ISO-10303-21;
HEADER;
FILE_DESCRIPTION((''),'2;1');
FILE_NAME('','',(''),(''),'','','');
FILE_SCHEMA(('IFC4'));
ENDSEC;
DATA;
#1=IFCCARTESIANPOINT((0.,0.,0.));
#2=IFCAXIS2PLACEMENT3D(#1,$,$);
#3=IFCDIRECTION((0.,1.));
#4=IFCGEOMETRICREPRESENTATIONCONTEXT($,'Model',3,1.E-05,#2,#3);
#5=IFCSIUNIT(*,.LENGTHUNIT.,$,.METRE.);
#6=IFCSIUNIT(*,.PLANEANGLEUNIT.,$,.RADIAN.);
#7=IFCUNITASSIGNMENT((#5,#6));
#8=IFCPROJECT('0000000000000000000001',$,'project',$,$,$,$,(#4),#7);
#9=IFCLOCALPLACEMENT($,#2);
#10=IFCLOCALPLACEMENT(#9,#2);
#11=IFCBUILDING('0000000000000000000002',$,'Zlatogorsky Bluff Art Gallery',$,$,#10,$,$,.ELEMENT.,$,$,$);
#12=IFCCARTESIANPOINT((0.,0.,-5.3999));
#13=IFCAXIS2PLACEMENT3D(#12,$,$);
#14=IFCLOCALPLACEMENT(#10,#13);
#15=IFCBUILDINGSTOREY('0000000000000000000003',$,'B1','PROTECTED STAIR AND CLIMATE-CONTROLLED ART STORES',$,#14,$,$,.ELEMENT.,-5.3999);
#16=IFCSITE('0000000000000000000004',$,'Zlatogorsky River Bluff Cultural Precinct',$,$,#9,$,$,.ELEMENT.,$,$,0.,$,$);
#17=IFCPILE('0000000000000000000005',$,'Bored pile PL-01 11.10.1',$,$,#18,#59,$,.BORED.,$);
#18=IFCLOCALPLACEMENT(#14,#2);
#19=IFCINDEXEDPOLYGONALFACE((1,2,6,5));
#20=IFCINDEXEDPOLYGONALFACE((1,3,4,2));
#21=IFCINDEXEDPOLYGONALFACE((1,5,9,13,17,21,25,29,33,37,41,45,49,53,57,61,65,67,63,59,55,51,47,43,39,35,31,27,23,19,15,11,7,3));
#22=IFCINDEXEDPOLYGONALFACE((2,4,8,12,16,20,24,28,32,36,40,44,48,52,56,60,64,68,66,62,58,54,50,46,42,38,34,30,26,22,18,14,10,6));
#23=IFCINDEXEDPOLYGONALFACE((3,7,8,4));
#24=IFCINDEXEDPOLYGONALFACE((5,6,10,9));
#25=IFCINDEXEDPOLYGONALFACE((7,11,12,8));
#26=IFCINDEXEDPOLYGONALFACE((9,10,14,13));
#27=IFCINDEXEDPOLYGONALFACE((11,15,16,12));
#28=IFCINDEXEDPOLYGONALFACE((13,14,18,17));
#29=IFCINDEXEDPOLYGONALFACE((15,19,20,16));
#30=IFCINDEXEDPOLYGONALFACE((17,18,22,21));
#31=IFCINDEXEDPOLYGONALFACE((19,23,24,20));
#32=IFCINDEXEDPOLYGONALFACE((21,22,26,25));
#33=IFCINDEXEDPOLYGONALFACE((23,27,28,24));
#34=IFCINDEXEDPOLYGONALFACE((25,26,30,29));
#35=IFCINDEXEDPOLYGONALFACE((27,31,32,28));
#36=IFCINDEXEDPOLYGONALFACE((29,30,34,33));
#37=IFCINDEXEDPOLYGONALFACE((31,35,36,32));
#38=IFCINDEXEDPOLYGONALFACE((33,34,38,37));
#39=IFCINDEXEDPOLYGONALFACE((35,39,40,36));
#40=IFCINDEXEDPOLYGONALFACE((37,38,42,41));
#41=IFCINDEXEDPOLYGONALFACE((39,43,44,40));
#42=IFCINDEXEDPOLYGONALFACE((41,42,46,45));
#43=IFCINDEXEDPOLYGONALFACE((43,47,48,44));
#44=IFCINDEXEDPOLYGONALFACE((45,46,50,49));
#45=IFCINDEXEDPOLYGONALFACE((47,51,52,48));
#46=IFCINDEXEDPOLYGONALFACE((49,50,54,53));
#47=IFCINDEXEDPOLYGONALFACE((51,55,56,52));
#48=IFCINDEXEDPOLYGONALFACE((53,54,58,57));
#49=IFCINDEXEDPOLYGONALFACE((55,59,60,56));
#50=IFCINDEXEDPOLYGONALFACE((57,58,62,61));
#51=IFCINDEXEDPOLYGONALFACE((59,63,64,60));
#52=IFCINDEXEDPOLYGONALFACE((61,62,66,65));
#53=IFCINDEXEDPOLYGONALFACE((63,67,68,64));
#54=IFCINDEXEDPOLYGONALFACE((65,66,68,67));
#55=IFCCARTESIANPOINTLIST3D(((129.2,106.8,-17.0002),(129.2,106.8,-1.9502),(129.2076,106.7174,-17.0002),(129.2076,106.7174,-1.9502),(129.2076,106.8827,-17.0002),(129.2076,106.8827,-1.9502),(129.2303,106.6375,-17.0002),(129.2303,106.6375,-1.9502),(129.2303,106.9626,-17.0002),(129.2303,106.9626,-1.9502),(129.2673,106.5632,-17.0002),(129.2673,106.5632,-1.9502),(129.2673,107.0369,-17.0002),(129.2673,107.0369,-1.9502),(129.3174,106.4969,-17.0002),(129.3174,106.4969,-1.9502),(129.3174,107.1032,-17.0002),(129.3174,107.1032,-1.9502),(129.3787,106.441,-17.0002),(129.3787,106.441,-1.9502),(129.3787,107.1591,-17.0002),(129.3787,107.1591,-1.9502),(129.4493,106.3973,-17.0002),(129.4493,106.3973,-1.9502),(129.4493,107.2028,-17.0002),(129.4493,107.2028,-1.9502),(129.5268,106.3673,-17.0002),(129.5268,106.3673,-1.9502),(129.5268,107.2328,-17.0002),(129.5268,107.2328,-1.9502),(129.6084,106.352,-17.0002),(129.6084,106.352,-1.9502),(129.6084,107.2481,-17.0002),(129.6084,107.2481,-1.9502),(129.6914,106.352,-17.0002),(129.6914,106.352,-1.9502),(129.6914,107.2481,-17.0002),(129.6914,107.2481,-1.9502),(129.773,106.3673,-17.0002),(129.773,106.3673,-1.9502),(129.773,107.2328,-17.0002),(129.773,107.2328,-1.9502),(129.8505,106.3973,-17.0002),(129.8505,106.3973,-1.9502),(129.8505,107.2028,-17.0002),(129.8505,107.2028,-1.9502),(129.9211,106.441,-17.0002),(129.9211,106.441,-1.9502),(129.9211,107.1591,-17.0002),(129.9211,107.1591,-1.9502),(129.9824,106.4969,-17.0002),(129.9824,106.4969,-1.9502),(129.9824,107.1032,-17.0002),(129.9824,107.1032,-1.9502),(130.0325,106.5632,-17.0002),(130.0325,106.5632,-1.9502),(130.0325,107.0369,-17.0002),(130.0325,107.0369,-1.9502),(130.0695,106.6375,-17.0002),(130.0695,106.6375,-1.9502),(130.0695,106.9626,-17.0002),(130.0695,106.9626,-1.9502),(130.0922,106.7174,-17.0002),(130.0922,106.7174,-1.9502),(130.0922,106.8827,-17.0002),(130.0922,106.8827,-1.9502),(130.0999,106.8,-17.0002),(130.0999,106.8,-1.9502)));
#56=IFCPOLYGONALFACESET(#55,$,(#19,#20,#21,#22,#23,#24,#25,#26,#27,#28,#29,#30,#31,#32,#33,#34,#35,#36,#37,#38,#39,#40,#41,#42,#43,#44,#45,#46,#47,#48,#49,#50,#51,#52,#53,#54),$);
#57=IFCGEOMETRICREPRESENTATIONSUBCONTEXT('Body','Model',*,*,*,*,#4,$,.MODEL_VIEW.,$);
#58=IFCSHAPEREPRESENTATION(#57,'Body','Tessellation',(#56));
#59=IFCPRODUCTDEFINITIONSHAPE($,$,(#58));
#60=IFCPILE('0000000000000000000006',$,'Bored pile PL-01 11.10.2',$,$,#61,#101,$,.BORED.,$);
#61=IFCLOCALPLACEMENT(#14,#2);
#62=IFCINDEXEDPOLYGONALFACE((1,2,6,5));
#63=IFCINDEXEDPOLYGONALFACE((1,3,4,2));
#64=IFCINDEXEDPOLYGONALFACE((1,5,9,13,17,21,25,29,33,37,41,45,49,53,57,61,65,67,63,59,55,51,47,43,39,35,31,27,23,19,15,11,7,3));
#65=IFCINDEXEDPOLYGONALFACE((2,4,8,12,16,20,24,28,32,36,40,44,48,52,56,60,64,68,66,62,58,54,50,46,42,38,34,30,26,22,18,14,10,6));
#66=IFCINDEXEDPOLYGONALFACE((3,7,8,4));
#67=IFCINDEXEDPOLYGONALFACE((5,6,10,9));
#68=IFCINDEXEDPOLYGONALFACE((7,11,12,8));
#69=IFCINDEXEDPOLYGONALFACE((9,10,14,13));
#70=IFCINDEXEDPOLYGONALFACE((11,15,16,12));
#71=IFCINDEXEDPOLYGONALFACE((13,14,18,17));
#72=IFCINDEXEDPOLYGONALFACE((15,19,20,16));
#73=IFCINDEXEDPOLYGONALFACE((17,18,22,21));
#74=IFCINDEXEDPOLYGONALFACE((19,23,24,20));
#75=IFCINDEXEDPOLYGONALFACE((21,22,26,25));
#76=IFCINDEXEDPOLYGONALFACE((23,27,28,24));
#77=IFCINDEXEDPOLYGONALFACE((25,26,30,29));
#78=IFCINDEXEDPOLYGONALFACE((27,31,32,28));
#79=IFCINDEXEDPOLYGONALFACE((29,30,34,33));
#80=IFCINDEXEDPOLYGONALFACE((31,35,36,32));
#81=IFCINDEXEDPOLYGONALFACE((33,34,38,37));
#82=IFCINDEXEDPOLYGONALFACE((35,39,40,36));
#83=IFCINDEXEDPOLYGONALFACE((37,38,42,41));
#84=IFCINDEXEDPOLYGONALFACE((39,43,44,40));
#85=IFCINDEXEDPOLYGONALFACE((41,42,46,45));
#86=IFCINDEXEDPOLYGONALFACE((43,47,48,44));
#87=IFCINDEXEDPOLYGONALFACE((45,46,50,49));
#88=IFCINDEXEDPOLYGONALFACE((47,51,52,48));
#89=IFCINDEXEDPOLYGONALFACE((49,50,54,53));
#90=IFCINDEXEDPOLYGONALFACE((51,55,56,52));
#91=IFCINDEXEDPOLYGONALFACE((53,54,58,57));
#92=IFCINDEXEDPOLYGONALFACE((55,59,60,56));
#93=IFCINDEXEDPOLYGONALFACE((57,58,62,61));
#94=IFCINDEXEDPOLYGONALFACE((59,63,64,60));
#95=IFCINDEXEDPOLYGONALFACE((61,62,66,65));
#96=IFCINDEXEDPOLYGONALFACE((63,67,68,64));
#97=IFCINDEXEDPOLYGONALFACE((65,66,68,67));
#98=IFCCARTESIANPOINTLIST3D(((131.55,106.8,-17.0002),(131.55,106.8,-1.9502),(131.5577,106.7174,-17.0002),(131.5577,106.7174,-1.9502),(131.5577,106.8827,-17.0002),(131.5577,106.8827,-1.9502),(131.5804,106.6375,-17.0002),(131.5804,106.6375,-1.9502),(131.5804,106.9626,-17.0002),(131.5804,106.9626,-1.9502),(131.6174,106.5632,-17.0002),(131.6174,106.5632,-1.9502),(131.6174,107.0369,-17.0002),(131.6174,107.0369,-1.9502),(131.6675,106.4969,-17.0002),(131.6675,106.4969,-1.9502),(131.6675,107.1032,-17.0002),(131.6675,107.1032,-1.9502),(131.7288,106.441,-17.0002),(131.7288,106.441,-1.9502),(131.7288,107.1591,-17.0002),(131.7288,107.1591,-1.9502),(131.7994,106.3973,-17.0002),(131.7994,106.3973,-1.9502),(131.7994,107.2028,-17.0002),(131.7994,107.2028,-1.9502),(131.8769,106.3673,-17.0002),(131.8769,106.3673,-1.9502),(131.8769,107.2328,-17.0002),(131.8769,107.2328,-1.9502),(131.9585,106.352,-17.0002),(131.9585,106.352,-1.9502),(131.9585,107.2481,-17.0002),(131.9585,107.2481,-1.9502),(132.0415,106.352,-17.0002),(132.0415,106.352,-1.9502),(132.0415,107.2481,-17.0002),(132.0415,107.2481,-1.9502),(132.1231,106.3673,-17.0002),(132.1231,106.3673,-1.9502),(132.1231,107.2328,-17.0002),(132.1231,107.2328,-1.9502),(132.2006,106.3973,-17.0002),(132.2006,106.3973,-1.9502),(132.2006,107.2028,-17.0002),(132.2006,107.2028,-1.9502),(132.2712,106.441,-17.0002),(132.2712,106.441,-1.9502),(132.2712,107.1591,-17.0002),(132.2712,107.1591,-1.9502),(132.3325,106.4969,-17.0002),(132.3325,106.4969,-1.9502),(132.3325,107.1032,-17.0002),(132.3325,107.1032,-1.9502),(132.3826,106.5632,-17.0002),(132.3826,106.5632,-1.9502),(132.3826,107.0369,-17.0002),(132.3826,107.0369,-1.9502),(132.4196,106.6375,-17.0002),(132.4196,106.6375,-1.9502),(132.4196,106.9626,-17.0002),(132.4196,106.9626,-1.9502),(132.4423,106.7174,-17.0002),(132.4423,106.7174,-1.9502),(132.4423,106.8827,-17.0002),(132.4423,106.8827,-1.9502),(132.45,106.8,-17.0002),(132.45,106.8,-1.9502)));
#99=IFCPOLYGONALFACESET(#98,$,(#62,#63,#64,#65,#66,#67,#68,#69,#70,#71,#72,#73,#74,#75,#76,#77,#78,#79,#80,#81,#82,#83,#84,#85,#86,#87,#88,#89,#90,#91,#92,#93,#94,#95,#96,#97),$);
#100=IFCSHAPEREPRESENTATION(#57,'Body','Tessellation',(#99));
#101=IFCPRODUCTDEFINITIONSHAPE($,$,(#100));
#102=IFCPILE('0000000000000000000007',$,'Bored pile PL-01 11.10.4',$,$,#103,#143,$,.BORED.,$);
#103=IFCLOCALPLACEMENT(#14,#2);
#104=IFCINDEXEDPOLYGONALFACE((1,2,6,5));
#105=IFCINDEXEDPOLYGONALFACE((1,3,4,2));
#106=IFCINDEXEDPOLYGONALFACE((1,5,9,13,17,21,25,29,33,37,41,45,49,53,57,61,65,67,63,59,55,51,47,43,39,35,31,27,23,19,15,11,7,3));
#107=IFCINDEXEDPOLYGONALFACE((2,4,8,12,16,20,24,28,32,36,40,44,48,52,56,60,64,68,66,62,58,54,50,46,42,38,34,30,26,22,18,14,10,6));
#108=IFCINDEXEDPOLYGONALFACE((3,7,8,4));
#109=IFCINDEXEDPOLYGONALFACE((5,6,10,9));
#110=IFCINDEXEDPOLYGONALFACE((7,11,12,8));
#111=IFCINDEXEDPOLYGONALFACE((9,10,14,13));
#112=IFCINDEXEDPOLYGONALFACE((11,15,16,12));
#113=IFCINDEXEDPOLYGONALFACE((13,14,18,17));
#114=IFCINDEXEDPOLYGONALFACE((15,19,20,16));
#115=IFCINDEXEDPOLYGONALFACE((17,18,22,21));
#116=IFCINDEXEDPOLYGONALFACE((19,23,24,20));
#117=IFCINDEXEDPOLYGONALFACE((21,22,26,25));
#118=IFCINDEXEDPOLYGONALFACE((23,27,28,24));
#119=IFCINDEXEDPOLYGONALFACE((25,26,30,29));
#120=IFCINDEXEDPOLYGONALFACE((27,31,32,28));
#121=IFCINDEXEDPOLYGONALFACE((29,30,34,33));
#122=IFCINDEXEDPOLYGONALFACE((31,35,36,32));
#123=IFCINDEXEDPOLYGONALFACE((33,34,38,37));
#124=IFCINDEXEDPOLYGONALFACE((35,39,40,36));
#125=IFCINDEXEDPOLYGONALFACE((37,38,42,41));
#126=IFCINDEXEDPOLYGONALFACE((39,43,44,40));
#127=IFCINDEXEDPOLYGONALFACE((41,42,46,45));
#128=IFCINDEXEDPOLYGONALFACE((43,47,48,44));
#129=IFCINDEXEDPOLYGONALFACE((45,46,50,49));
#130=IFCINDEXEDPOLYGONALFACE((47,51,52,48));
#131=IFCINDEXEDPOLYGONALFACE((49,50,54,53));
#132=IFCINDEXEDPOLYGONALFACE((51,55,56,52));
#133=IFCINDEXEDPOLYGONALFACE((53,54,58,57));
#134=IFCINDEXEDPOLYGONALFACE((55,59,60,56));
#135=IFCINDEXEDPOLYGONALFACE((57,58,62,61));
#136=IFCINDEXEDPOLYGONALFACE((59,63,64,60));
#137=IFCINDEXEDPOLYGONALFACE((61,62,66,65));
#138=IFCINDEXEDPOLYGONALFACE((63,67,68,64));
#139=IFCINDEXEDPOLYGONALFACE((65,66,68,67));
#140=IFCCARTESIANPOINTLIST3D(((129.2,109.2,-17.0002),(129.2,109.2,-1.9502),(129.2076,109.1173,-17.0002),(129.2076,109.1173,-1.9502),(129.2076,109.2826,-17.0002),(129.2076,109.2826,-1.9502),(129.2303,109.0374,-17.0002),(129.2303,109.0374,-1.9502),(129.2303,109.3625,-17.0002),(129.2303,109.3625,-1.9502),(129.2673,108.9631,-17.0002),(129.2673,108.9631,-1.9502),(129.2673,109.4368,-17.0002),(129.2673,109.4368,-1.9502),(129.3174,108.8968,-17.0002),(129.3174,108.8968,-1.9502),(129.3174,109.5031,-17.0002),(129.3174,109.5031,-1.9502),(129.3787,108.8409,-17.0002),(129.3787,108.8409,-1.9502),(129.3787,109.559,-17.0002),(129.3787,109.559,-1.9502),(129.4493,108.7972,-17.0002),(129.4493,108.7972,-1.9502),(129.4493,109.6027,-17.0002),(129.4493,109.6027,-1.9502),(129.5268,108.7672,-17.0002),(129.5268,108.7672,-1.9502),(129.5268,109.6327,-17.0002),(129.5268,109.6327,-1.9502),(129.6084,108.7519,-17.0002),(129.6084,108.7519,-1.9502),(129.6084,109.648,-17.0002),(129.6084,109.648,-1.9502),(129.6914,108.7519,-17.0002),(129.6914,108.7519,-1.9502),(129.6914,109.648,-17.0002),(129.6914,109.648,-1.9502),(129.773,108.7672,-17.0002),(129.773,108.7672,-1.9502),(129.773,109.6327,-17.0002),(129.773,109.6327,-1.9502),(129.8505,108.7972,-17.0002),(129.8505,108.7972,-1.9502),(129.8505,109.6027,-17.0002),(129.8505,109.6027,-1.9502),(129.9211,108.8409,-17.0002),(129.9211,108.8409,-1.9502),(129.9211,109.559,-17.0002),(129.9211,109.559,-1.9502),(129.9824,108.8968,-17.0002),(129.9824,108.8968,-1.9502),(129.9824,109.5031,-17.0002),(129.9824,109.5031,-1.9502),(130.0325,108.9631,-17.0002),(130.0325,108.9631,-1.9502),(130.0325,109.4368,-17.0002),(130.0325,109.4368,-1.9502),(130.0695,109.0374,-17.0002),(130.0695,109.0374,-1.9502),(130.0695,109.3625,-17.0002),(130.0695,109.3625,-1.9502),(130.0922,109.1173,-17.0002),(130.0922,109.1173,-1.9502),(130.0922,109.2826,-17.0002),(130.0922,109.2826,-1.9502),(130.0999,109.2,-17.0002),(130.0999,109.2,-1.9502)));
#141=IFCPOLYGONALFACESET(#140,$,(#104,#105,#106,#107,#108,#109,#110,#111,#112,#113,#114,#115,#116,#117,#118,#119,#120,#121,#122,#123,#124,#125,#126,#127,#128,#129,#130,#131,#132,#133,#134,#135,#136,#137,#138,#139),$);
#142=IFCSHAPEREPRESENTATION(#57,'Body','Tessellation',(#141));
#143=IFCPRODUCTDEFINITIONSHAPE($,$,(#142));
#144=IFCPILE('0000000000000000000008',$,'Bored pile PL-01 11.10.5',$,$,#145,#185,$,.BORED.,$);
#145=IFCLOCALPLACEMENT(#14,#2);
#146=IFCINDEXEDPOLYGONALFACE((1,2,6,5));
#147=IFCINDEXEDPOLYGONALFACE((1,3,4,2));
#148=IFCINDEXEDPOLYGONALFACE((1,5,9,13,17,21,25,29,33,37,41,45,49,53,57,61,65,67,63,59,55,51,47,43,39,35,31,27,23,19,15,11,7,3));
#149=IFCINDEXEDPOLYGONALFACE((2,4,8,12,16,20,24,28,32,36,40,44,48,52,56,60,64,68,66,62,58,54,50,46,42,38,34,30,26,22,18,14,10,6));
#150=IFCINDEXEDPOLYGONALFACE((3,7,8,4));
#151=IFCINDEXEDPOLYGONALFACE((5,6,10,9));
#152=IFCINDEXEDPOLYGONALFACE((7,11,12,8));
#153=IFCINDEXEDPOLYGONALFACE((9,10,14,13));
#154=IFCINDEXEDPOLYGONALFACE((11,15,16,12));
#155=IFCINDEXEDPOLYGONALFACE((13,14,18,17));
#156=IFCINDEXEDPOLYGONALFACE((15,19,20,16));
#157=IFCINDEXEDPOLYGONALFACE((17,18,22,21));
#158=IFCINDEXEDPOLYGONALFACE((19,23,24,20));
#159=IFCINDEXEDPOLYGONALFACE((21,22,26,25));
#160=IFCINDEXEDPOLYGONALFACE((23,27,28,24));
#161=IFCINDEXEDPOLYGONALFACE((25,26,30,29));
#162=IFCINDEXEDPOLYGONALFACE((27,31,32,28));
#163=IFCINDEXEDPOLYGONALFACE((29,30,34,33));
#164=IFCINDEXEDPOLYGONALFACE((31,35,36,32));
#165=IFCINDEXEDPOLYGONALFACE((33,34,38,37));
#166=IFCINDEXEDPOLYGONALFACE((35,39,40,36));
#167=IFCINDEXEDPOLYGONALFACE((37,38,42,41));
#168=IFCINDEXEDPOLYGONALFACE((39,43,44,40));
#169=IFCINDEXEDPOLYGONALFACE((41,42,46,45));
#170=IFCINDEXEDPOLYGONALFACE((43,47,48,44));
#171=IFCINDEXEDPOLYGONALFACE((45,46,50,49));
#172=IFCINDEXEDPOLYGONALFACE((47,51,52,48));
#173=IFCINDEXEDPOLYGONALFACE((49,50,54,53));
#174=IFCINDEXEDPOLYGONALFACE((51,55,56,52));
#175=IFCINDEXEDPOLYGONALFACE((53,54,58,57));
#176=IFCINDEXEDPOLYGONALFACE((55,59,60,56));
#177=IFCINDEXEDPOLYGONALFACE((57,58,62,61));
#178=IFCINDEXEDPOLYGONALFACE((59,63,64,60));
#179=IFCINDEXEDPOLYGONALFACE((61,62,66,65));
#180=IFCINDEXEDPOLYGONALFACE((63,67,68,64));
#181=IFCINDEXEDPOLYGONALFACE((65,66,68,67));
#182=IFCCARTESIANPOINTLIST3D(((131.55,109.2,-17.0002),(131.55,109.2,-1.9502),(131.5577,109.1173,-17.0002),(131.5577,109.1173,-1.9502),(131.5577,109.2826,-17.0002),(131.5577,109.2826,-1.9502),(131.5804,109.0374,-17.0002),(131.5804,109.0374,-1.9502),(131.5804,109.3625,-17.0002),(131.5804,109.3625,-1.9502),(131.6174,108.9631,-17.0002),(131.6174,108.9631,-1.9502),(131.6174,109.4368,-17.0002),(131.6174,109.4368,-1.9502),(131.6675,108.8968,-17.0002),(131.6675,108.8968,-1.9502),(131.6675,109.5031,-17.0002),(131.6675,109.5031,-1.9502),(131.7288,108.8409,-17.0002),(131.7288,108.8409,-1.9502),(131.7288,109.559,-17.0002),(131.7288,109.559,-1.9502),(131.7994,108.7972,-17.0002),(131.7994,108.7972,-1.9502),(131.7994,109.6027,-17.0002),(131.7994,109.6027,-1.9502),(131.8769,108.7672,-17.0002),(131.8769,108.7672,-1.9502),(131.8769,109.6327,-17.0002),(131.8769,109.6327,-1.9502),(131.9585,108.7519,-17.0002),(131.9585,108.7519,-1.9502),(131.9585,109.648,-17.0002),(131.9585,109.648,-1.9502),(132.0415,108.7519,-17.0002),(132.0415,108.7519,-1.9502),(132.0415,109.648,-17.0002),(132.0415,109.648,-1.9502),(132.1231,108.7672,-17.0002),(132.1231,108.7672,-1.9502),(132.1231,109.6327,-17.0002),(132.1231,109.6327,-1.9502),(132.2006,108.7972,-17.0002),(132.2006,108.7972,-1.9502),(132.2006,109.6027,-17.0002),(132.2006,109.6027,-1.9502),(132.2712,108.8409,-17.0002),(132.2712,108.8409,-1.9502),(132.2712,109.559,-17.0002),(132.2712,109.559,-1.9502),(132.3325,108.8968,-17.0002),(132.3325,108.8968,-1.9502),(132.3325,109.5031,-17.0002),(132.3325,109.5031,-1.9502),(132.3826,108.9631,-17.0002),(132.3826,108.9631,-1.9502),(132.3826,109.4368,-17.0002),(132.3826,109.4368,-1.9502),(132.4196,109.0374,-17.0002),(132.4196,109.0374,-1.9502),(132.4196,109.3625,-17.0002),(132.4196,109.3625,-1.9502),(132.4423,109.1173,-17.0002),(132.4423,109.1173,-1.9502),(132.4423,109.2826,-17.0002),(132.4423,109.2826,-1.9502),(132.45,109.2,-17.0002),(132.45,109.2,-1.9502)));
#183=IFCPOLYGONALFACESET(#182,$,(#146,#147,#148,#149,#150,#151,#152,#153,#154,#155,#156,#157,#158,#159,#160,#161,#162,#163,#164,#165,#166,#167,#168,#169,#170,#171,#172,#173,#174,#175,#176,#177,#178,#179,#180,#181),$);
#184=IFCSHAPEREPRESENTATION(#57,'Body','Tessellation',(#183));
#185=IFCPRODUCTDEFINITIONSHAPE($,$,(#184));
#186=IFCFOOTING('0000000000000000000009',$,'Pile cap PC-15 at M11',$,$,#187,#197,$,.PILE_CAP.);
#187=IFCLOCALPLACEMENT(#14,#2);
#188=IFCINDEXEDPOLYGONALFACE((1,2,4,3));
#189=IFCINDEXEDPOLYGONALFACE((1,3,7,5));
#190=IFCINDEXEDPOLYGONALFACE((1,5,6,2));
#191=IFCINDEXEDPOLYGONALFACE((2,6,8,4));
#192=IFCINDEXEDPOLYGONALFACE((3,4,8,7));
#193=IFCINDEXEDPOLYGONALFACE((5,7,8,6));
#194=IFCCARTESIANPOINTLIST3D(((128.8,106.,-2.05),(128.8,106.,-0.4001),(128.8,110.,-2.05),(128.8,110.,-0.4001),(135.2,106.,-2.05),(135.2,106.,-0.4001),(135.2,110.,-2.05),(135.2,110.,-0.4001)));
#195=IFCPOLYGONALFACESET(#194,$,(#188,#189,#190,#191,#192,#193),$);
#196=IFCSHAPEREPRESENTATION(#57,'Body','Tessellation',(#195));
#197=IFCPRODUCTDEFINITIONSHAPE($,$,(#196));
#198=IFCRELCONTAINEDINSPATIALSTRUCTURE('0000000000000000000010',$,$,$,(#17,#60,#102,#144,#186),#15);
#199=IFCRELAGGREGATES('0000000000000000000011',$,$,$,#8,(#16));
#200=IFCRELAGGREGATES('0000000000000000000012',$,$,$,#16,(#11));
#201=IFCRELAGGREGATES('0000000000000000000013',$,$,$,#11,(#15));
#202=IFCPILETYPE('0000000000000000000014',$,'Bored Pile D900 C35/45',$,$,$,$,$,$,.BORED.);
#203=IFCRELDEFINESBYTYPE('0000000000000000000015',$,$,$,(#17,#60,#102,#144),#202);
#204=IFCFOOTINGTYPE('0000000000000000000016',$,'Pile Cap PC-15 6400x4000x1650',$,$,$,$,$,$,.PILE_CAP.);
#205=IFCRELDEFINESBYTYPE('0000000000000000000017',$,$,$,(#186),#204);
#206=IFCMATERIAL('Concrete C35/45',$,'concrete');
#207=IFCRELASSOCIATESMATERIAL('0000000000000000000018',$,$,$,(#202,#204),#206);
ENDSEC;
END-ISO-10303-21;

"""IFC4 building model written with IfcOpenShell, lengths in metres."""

from ifc_helpers import new_model, si_unit, direction, frame, origin, origin_2d, place, context, subcontext, project, spatial, rectangle, circle, extrude, material, material_profile, profile_set, type_object, element, save


model = new_model("IFC4")

# Units and contexts
model_context = context("Model", 3, precision=1e-05, world=origin(), true_north=direction((0.0, 1.0)))
body_context = subcontext(model_context, "Body", "Model", "MODEL_VIEW")
ifc_project = project(units=[si_unit("LENGTHUNIT", "METRE"), si_unit("PLANEANGLEUNIT", "RADIAN")], contexts=[model_context])

# Site, building, storey
site_placement = place(None, origin())
site = spatial("IfcSite", under=ifc_project, at=site_placement, Name="Zlatogorsky River Bluff Cultural Precinct", CompositionType="ELEMENT", RefElevation=0.0)
building_placement = place(site_placement, origin())
building = spatial("IfcBuilding", under=site, at=building_placement, Name="Zlatogorsky Bluff Art Gallery", CompositionType="ELEMENT")
storey_placement = place(building_placement, frame((0.0, 0.0, -5.3999)))
storey = spatial("IfcBuildingStorey", under=building, at=storey_placement, Name="B1", Description="PROTECTED STAIR AND CLIMATE-CONTROLLED ART STORES", CompositionType="ELEMENT", Elevation=-5.3999)

# Piles
ifc_material_1 = material(Name="Concrete C35/45", Category="concrete")
ifc_material_profile_1 = material_profile(ifc_material_1, circle(Radius=0.45, at=origin_2d()), Name="BORED PILE D900")
ifc_profile_set_1 = profile_set([ifc_material_profile_1], Name="Concrete C35/45")
pile_type_1 = type_object("IfcPileType", Name="Bored Pile D900 C35/45", PredefinedType="BORED", material=ifc_profile_set_1)
for number, where, z_axis, x_axis, name in (
    (1, (129.6499, 106.8, -1.9502), (0.0, 0.0, -1.0), (1.0, 0.0, 0.0), "Bored pile PL-01 11.10.1"),
    (2, (132.0, 106.8, -1.9502), (0.0, 0.0, -1.0), (1.0, 0.0, 0.0), "Bored pile PL-01 11.10.2"),
    (3, (129.6499, 109.2, -1.9502), (0.0, 0.0, -1.0), (1.0, 0.0, 0.0), "Bored pile PL-01 11.10.4"),
    (4, (132.0, 109.2, -1.9502), (0.0, 0.0, -1.0), (1.0, 0.0, 0.0), "Bored pile PL-01 11.10.5"),
):
    element("IfcPile", number, at=place(storey_placement, frame(where, z_axis=z_axis, x_axis=x_axis)), inside=storey, type_object=pile_type_1, Name=name, PredefinedType="BORED", context=body_context, shape_type="SweptSolid", body=[
        extrude(circle(Radius=0.45, at=origin_2d()), origin(), (0.0, 0.0, 1.0), 15.05),
    ])

# Footing
footing_type = type_object("IfcFootingType", Name="Pile Cap PC-15 6400x4000x1650", PredefinedType="PILE_CAP", material=ifc_material_1)
footing_placement = place(storey_placement, frame((132.0, 108.0, -2.05), z_axis=(0.0, 0.0, 1.0), x_axis=(1.0, 0.0, 0.0)))
element("IfcFooting", 5, at=footing_placement, inside=storey, type_object=footing_type, Name="Pile cap PC-15 at M11", PredefinedType="PILE_CAP", context=body_context, shape_type="SweptSolid", body=[
    extrude(rectangle(XDim=6.3999, YDim=4.0, at=origin_2d()), origin(), (0.0, 0.0, 1.0), 1.6499),
])

save(model, "model.ifc")
